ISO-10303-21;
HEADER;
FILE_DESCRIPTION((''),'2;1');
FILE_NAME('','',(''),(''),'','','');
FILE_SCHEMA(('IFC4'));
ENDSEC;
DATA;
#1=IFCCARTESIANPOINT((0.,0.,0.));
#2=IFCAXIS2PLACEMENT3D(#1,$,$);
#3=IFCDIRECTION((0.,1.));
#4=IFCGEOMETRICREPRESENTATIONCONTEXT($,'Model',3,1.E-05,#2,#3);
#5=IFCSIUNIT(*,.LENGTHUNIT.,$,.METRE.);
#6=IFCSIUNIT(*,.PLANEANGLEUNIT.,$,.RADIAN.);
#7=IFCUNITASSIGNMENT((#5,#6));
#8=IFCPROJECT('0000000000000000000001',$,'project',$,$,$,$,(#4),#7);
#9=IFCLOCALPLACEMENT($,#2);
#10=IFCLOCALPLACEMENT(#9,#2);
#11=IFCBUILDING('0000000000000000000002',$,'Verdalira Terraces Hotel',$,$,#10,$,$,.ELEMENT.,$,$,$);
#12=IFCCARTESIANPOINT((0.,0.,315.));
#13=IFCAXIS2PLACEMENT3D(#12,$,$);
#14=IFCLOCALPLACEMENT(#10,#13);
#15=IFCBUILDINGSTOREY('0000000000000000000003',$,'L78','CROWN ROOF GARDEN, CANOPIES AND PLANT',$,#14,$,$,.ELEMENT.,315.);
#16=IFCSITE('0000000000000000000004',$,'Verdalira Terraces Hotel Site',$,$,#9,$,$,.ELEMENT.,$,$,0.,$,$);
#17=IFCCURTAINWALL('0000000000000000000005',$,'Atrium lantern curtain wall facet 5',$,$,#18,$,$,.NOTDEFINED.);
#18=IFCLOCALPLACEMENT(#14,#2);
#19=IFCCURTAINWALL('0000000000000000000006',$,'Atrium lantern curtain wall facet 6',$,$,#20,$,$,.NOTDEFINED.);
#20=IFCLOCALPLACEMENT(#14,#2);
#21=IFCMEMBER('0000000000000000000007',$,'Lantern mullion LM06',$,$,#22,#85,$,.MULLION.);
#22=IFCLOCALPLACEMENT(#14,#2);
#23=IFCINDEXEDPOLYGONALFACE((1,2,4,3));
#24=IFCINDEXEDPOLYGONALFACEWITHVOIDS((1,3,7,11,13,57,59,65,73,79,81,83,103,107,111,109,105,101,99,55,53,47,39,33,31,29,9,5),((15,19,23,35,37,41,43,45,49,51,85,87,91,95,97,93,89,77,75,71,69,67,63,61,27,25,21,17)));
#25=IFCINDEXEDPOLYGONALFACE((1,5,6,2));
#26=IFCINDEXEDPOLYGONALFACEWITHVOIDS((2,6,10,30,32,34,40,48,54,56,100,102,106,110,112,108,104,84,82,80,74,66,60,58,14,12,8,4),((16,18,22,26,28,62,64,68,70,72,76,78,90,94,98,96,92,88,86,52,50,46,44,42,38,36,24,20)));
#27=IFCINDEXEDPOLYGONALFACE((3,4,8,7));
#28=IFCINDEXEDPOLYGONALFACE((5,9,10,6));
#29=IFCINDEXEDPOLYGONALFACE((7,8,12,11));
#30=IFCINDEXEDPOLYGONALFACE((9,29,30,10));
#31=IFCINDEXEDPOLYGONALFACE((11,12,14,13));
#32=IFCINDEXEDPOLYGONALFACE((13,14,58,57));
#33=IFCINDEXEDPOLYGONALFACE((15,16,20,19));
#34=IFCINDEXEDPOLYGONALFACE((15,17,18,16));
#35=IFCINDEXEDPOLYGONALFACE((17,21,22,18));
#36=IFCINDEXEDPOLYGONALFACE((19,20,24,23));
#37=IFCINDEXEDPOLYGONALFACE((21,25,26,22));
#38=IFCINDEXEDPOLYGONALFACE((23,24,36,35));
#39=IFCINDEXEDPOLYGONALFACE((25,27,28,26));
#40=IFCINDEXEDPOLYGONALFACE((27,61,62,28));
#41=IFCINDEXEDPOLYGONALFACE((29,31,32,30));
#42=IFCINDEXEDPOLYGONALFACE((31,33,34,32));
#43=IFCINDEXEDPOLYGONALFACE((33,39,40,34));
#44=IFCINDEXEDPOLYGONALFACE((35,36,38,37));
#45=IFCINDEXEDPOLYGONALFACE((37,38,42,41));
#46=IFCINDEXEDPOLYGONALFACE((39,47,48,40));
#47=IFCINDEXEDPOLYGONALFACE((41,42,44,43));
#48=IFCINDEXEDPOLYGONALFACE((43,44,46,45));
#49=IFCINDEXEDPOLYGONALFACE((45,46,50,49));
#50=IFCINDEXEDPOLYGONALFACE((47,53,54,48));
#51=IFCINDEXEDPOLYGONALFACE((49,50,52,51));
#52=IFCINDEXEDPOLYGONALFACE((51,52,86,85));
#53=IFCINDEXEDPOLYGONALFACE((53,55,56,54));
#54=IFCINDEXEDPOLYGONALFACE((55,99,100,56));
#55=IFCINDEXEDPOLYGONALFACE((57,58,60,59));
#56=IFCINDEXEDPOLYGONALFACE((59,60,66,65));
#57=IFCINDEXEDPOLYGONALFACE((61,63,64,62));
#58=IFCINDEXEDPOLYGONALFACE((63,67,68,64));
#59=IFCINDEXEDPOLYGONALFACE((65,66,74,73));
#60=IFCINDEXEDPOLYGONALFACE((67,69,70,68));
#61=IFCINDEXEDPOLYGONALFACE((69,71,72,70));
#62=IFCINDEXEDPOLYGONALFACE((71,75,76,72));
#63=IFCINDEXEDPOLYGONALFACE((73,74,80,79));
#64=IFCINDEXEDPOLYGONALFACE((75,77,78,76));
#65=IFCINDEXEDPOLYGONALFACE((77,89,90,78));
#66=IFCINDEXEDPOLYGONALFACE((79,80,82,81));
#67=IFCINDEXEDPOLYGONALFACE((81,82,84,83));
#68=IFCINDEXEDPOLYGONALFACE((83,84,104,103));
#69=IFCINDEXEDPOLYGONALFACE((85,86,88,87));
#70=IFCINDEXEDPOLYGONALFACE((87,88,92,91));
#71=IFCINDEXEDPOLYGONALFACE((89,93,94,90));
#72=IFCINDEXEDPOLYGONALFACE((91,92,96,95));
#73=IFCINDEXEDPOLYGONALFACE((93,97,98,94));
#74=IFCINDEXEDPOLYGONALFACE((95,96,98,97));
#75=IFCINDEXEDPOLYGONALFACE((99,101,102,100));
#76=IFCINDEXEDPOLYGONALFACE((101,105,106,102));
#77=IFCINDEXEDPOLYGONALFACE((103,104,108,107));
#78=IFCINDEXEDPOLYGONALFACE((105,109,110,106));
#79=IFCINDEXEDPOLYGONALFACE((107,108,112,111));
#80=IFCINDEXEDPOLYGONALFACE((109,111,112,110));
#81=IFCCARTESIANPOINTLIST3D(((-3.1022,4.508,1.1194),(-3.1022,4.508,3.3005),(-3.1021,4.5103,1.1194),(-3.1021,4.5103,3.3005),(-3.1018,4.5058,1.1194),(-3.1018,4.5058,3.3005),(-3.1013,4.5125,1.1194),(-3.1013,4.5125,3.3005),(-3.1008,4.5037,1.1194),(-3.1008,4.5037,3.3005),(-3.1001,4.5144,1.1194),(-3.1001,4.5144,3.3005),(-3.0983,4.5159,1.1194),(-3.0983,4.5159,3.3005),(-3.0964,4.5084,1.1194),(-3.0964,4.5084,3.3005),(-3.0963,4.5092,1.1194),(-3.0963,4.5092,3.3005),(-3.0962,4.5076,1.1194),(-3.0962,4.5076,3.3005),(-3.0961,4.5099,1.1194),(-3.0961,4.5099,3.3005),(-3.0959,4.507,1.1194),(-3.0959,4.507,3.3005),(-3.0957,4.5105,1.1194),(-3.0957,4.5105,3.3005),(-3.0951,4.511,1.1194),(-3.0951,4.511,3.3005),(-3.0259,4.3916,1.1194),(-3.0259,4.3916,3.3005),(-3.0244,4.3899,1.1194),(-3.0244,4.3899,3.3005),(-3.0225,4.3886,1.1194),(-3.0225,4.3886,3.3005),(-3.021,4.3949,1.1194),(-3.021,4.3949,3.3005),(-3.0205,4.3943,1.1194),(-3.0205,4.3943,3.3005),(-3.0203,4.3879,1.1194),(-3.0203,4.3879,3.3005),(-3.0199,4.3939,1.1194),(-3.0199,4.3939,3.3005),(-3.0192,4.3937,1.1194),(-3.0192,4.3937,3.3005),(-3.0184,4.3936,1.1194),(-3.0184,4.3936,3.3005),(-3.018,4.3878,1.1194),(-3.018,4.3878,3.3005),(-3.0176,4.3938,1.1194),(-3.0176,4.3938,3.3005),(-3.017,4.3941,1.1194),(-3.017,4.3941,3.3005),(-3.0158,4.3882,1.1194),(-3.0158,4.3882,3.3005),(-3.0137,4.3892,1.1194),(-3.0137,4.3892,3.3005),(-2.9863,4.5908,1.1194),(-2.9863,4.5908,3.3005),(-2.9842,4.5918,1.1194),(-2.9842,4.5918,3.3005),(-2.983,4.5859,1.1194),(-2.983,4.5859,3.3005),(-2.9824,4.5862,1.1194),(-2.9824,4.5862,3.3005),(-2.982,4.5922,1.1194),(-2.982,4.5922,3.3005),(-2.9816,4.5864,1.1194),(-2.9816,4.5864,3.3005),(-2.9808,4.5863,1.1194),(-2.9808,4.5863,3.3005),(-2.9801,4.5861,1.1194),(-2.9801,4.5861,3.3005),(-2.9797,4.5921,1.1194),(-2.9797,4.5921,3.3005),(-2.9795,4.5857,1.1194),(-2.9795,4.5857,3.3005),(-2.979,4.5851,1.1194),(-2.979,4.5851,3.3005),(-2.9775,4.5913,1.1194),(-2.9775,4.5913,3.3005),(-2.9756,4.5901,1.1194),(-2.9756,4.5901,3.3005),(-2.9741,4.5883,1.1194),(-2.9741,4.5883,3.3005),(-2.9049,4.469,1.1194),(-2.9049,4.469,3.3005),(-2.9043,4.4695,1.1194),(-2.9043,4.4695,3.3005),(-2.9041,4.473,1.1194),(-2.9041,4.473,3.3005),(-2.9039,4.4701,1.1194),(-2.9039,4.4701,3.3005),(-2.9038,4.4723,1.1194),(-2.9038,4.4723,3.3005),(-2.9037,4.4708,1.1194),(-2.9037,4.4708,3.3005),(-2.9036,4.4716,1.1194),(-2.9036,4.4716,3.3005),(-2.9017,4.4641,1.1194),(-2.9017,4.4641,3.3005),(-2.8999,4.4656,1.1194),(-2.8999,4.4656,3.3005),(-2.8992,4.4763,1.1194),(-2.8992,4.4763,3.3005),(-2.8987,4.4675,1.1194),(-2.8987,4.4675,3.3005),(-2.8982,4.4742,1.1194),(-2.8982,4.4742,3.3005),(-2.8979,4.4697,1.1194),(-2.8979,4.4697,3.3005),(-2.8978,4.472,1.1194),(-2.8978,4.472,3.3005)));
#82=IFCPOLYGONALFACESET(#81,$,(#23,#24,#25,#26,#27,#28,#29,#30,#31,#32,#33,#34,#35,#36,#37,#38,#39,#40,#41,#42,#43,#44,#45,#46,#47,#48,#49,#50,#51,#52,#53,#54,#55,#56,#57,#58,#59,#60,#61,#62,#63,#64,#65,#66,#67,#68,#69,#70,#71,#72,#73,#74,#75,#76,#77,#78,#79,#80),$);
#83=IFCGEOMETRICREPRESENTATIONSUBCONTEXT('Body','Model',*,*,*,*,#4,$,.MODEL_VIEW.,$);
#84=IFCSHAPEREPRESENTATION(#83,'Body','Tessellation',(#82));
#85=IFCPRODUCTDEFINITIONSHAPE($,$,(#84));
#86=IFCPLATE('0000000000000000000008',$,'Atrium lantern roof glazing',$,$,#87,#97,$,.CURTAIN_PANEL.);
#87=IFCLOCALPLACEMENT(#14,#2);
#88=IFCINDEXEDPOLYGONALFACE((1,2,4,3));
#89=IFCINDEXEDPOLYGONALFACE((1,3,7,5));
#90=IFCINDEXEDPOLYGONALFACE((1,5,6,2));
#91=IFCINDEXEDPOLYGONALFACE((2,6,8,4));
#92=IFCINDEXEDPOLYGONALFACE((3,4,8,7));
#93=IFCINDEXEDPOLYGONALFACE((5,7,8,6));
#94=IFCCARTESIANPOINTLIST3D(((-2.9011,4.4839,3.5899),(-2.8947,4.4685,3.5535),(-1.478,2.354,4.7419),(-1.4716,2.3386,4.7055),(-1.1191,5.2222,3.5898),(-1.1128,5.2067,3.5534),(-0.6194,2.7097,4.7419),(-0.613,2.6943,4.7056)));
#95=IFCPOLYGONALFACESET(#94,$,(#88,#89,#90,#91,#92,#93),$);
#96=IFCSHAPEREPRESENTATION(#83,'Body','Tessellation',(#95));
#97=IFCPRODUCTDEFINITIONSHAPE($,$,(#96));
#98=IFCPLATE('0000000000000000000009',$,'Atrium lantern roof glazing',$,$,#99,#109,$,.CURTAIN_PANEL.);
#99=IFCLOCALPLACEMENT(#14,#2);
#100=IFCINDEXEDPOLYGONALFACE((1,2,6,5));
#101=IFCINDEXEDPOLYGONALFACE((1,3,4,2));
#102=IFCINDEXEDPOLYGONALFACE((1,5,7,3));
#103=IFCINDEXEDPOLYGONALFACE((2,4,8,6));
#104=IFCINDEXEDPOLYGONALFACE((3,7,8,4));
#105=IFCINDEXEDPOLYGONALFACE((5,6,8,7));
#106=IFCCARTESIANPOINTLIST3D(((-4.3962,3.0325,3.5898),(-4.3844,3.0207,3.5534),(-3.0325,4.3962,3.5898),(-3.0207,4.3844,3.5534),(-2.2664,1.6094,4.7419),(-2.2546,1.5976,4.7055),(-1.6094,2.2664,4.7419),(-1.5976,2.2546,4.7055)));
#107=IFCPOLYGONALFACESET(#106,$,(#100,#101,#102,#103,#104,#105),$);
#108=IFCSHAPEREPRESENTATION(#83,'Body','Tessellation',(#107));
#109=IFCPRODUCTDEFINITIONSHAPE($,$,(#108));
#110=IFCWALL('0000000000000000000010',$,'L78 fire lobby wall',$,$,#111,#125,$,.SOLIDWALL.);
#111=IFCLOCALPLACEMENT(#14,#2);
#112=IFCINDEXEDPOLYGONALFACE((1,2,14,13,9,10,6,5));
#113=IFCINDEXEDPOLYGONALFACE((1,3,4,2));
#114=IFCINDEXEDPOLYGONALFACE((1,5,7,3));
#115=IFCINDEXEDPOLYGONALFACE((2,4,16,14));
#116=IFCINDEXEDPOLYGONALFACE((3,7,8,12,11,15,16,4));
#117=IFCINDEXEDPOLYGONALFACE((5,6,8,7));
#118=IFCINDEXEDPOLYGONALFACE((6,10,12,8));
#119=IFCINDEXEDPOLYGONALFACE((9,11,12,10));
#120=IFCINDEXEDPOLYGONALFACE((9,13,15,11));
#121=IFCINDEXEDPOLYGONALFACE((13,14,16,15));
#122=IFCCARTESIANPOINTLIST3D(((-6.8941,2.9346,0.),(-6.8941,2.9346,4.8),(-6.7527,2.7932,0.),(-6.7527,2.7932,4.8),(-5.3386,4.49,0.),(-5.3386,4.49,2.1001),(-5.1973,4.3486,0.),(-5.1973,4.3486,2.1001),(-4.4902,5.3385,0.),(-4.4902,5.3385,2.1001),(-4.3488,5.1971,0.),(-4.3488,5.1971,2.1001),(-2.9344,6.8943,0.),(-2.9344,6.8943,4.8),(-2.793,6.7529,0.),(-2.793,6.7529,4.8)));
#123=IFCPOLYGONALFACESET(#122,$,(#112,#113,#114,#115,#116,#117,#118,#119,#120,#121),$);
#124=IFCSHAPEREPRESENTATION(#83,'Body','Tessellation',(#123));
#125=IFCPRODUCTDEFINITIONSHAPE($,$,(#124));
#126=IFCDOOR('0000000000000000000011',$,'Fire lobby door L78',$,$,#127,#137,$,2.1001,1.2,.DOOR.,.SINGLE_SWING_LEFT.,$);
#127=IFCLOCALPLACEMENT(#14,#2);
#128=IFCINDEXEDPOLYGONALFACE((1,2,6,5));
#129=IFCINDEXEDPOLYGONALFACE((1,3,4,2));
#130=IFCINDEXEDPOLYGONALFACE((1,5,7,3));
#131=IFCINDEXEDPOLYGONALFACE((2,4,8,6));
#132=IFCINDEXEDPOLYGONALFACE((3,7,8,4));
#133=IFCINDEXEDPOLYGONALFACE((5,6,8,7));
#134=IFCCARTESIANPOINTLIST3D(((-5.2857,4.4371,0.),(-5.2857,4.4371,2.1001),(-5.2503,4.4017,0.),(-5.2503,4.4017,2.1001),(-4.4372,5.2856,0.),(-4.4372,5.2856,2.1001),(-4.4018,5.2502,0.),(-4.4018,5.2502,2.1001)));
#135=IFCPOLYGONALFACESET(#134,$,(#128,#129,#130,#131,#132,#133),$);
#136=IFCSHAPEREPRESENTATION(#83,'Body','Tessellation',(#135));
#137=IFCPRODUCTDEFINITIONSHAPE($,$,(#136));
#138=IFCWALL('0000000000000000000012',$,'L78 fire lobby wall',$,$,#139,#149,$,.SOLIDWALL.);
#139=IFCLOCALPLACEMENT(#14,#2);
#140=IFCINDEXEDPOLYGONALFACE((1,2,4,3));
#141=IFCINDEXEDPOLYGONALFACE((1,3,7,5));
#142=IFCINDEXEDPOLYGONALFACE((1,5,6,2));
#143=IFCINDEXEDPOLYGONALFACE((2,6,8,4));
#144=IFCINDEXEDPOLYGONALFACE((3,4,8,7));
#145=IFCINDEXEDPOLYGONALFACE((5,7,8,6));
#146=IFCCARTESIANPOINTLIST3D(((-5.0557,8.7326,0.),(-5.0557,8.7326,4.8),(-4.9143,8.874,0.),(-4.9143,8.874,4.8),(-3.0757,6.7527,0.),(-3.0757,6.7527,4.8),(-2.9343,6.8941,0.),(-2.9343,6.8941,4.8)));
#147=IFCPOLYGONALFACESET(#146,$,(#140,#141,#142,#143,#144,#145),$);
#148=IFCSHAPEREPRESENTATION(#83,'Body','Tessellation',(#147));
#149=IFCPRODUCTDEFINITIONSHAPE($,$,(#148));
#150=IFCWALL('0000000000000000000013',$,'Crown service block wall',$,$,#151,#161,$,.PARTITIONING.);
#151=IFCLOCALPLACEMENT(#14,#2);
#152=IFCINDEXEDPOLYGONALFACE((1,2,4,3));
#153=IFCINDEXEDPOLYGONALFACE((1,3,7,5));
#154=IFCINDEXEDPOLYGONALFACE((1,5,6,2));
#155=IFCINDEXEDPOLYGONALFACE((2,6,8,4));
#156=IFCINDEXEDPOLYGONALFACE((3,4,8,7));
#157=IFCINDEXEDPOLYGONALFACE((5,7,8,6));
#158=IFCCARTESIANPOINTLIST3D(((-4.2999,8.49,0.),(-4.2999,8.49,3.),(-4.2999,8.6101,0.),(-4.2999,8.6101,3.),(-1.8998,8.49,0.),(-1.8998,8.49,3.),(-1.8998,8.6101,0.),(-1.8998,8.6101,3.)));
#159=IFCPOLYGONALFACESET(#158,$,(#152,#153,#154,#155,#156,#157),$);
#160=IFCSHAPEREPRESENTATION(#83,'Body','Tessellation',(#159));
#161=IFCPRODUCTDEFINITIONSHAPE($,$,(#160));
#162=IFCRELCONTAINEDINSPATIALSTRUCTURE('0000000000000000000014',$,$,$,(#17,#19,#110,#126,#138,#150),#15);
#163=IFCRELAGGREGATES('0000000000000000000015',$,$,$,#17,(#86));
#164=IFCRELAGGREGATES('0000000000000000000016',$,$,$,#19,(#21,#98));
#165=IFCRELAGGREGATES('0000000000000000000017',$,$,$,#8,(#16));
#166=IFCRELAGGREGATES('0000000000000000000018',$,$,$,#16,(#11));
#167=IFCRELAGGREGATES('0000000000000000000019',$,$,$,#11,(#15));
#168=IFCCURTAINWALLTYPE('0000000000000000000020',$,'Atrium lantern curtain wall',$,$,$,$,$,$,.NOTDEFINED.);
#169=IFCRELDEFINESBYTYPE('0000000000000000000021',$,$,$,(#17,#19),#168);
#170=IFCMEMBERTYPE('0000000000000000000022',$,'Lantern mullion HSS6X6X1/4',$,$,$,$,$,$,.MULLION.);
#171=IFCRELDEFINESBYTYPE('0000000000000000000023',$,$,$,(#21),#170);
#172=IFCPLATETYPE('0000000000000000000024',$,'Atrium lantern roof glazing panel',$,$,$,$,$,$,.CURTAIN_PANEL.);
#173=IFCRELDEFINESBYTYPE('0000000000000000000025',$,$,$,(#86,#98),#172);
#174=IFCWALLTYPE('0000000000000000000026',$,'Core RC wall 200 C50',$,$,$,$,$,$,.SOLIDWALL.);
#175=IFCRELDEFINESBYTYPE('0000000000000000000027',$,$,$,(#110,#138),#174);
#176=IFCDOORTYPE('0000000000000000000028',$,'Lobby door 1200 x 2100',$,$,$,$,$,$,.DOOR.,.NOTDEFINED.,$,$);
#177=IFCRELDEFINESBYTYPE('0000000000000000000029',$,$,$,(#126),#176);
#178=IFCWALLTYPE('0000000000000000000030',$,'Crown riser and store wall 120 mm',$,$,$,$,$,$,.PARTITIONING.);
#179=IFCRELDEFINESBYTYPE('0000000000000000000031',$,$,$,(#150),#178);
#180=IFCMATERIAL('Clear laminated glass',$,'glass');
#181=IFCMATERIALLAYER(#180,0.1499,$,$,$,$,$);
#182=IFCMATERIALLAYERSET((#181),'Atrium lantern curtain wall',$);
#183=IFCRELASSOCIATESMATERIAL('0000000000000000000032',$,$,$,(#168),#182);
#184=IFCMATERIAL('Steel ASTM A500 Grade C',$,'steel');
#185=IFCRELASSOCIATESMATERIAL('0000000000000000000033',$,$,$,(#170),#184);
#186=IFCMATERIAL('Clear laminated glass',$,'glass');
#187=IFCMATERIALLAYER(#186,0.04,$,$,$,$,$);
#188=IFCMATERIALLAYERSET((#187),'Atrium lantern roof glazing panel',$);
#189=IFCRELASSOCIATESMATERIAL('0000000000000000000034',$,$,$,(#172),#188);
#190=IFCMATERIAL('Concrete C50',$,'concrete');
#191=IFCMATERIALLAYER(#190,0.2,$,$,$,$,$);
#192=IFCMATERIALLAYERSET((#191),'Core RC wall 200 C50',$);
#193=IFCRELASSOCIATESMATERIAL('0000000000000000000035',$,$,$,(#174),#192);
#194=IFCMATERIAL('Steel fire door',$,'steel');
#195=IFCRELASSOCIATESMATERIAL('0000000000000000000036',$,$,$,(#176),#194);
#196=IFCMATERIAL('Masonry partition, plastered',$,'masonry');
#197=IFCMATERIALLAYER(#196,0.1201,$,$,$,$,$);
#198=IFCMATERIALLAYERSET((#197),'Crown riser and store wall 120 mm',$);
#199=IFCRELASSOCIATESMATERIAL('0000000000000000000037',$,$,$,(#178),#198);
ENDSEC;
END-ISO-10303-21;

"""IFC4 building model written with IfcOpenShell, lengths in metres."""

from ifc_helpers import new_model, si_unit, direction, frame, frame_2d, origin, origin_2d, place, context, subcontext, project, spatial, polyline, rectangle, hollow_rectangle, outline, extrude, material, layer, layer_set, material_profile, profile_set, type_object, element, fill, aggregate, save


model = new_model("IFC4")

# Units and contexts
model_context = context("Model", 3, precision=1e-05, world=origin(), true_north=direction((0.0, 1.0)))
body_context = subcontext(model_context, "Body", "Model", "MODEL_VIEW")
ifc_project = project(units=[si_unit("LENGTHUNIT", "METRE"), si_unit("PLANEANGLEUNIT", "RADIAN")], contexts=[model_context])

# Site, building, storey
site_placement = place(None, origin())
site = spatial("IfcSite", under=ifc_project, at=site_placement, Name="Verdalira Terraces Hotel Site", CompositionType="ELEMENT", RefElevation=0.0)
building_placement = place(site_placement, origin())
building = spatial("IfcBuilding", under=site, at=building_placement, Name="Verdalira Terraces Hotel", CompositionType="ELEMENT")
storey_placement = place(building_placement, frame((0.0, 0.0, 315.0)))
storey = spatial("IfcBuildingStorey", under=building, at=storey_placement, Name="L78", Description="CROWN ROOF GARDEN, CANOPIES AND PLANT", CompositionType="ELEMENT", Elevation=315.0)

# Curtain walls
ifc_material_1 = material(Name="Clear laminated glass", Category="glass")
ifc_layer_1 = layer(ifc_material_1, 0.1499)
ifc_layer_set_1 = layer_set([ifc_layer_1], Name="Atrium lantern curtain wall")
curtain_wall_type = type_object("IfcCurtainWallType", Name="Atrium lantern curtain wall", PredefinedType="NOTDEFINED", material=ifc_layer_set_1)
curtain_wall_1_placement = place(storey_placement, origin())
curtain_wall_1 = element("IfcCurtainWall", 1, at=curtain_wall_1_placement, inside=storey, type_object=curtain_wall_type, Name="Atrium lantern curtain wall facet 5", PredefinedType="NOTDEFINED")
curtain_wall_2_placement = place(storey_placement, origin())
curtain_wall_2 = element("IfcCurtainWall", 2, at=curtain_wall_2_placement, inside=storey, type_object=curtain_wall_type, Name="Atrium lantern curtain wall facet 6", PredefinedType="NOTDEFINED")

# Member
ifc_material_2 = material(Name="Steel ASTM A500 Grade C", Category="steel")
ifc_material_profile_1 = material_profile(ifc_material_2, hollow_rectangle(XDim=0.1523, YDim=0.1523, WallThickness=0.0059, InnerFilletRadius=0.0029, OuterFilletRadius=0.0088, at=origin_2d()), Name="HSS6X6X1/4")
ifc_profile_set_1 = profile_set([ifc_material_profile_1], Name="Steel ASTM A500 Grade C")
member_type_1 = type_object("IfcMemberType", Name="Lantern mullion HSS6X6X1/4", PredefinedType="MULLION", material=ifc_profile_set_1)
member_1_placement = place(storey_placement, frame((-3.0, 4.49, 1.1194), z_axis=(0.0, 0.0, 1.0), x_axis=(-0.55557, 0.83147, 0.0)))
member_1 = element("IfcMember", 3, at=member_1_placement, type_object=member_type_1, Name="Lantern mullion LM06", PredefinedType="MULLION", context=body_context, shape_type="SweptSolid", body=[
    extrude(hollow_rectangle(XDim=0.1523, YDim=0.1523, WallThickness=0.0059, InnerFilletRadius=0.0029, OuterFilletRadius=0.0088, at=origin_2d()), origin(), (0.0, 0.0, 1.0), 2.1812),
])

# Plates
ifc_material_3 = material(Name="Clear laminated glass", Category="glass")
ifc_layer_2 = layer(ifc_material_3, 0.04)
ifc_layer_set_2 = layer_set([ifc_layer_2], Name="Atrium lantern roof glazing panel")
plate_type = type_object("IfcPlateType", Name="Atrium lantern roof glazing panel", PredefinedType="CURTAIN_PANEL", material=ifc_layer_set_2)
plate_1_placement = place(storey_placement, frame((-1.1191, 5.2222, 3.5898), z_axis=(-0.15954, 0.385089, 0.908985), x_axis=(-0.923851, -0.382753, 0.000003)))
plate_1 = element("IfcPlate", 4, at=plate_1_placement, type_object=plate_type, Name="Atrium lantern roof glazing", PredefinedType="CURTAIN_PANEL", context=body_context, shape_type="SweptSolid", body=[
    extrude(outline(polyline([(0.0, 0.0), (1.9289, 0.0), (1.4294, 2.764), (0.5, 2.764), (0.0, 0.0)])), origin(), (0.0, 0.0, -1.0), 0.04),
])
plate_2_placement = place(storey_placement, frame((-3.0325, 4.3962, 3.5898), z_axis=(-0.294749, 0.294749, 0.908981), x_axis=(-0.707107, -0.707107, 0.0)))
plate_2 = element("IfcPlate", 5, at=plate_2_placement, type_object=plate_type, Name="Atrium lantern roof glazing", PredefinedType="CURTAIN_PANEL", context=body_context, shape_type="SweptSolid", body=[
    extrude(outline(polyline([(0.0, 0.0), (1.9287, 0.0), (1.4289, 2.7639), (0.4998, 2.7639), (0.0, 0.0)])), origin(), (0.0, 0.0, -1.0), 0.04),
])

# Wall, opening, door
ifc_material_4 = material(Name="Concrete C50", Category="concrete")
ifc_layer_3 = layer(ifc_material_4, 0.2)
ifc_layer_set_3 = layer_set([ifc_layer_3], Name="Core RC wall 200 C50")
wall_type_1 = type_object("IfcWallType", Name="Core RC wall 200 C50", PredefinedType="SOLIDWALL", material=ifc_layer_set_3)
wall_1_placement = place(storey_placement, frame((-2.8638, 6.8235, 0.0), z_axis=(0.0, 0.0, 1.0), x_axis=(-0.707107, -0.707107, 0.0)))
wall_1 = element("IfcWall", 6, at=wall_1_placement, inside=storey, type_object=wall_type_1, Name="L78 fire lobby wall", PredefinedType="SOLIDWALL", context=body_context, shape_type="SweptSolid", body=[
    extrude(rectangle(XDim=5.5999, YDim=0.2, at=frame_2d((2.7998, 0.0))), origin(), (0.0, 0.0, 1.0), 4.8),
])
opening_placement = place(wall_1_placement, frame((2.2, 0.0, 0.0)))
opening = element("IfcOpeningElement", 7, at=opening_placement, cuts=wall_1, PredefinedType="OPENING", context=body_context, shape_type="SweptSolid", body=[
    extrude(rectangle(XDim=1.2, YDim=2.1001, at=frame_2d((0.6001, 1.05))), frame((0.0, 0.1099, 0.0), z_axis=(0.0, -1.0, 0.0), x_axis=(1.0, 0.0, 0.0)), (0.0, 0.0, 1.0), 0.22),
])
ifc_material_5 = material(Name="Steel fire door", Category="steel")
door_type = type_object("IfcDoorType", Name="Lobby door 1200 x 2100", OperationType="NOTDEFINED", PredefinedType="DOOR", material=ifc_material_5)
door_placement = place(opening_placement, origin())
door = element("IfcDoor", 8, at=door_placement, inside=storey, type_object=door_type, Name="Fire lobby door L78", OperationType="SINGLE_SWING_LEFT", OverallHeight=2.1001, OverallWidth=1.2, PredefinedType="DOOR", context=body_context, shape_type="SweptSolid", body=[
    extrude(rectangle(XDim=1.2, YDim=2.1001, at=frame_2d((0.6001, 1.05))), frame((0.0, 0.0249, 0.0), z_axis=(0.0, -1.0, 0.0), x_axis=(1.0, 0.0, 0.0)), (0.0, 0.0, 1.0), 0.05),
])
fill(opening, door)

# Walls
wall_2_placement = place(storey_placement, frame((-3.0051, 6.8235, 0.0), z_axis=(0.0, 0.0, 1.0), x_axis=(-0.707107, 0.707107, 0.0)))
element("IfcWall", 9, at=wall_2_placement, inside=storey, type_object=wall_type_1, Name="L78 fire lobby wall", PredefinedType="SOLIDWALL", context=body_context, shape_type="SweptSolid", body=[
    extrude(rectangle(XDim=2.8, YDim=0.2, at=frame_2d((1.3999, 0.0))), origin(), (0.0, 0.0, 1.0), 4.8),
])
ifc_material_6 = material(Name="Masonry partition, plastered", Category="masonry")
ifc_layer_4 = layer(ifc_material_6, 0.1201)
ifc_layer_set_4 = layer_set([ifc_layer_4], Name="Crown riser and store wall 120 mm")
wall_type_2 = type_object("IfcWallType", Name="Crown riser and store wall 120 mm", PredefinedType="PARTITIONING", material=ifc_layer_set_4)
wall_3_placement = place(storey_placement, frame((-4.3, 8.55, 0.0), z_axis=(0.0, 0.0, 1.0), x_axis=(1.0, 0.0, 0.0)))
element("IfcWall", 10, at=wall_3_placement, inside=storey, type_object=wall_type_2, Name="Crown service block wall", PredefinedType="PARTITIONING", context=body_context, shape_type="SweptSolid", body=[
    extrude(rectangle(XDim=2.4001, YDim=0.1201, at=frame_2d((1.2002, 0.0))), origin(), (0.0, 0.0, 1.0), 3.0),
])

aggregate(curtain_wall_1, [plate_1])
aggregate(curtain_wall_2, [member_1, plate_2])

save(model, "model.ifc")
